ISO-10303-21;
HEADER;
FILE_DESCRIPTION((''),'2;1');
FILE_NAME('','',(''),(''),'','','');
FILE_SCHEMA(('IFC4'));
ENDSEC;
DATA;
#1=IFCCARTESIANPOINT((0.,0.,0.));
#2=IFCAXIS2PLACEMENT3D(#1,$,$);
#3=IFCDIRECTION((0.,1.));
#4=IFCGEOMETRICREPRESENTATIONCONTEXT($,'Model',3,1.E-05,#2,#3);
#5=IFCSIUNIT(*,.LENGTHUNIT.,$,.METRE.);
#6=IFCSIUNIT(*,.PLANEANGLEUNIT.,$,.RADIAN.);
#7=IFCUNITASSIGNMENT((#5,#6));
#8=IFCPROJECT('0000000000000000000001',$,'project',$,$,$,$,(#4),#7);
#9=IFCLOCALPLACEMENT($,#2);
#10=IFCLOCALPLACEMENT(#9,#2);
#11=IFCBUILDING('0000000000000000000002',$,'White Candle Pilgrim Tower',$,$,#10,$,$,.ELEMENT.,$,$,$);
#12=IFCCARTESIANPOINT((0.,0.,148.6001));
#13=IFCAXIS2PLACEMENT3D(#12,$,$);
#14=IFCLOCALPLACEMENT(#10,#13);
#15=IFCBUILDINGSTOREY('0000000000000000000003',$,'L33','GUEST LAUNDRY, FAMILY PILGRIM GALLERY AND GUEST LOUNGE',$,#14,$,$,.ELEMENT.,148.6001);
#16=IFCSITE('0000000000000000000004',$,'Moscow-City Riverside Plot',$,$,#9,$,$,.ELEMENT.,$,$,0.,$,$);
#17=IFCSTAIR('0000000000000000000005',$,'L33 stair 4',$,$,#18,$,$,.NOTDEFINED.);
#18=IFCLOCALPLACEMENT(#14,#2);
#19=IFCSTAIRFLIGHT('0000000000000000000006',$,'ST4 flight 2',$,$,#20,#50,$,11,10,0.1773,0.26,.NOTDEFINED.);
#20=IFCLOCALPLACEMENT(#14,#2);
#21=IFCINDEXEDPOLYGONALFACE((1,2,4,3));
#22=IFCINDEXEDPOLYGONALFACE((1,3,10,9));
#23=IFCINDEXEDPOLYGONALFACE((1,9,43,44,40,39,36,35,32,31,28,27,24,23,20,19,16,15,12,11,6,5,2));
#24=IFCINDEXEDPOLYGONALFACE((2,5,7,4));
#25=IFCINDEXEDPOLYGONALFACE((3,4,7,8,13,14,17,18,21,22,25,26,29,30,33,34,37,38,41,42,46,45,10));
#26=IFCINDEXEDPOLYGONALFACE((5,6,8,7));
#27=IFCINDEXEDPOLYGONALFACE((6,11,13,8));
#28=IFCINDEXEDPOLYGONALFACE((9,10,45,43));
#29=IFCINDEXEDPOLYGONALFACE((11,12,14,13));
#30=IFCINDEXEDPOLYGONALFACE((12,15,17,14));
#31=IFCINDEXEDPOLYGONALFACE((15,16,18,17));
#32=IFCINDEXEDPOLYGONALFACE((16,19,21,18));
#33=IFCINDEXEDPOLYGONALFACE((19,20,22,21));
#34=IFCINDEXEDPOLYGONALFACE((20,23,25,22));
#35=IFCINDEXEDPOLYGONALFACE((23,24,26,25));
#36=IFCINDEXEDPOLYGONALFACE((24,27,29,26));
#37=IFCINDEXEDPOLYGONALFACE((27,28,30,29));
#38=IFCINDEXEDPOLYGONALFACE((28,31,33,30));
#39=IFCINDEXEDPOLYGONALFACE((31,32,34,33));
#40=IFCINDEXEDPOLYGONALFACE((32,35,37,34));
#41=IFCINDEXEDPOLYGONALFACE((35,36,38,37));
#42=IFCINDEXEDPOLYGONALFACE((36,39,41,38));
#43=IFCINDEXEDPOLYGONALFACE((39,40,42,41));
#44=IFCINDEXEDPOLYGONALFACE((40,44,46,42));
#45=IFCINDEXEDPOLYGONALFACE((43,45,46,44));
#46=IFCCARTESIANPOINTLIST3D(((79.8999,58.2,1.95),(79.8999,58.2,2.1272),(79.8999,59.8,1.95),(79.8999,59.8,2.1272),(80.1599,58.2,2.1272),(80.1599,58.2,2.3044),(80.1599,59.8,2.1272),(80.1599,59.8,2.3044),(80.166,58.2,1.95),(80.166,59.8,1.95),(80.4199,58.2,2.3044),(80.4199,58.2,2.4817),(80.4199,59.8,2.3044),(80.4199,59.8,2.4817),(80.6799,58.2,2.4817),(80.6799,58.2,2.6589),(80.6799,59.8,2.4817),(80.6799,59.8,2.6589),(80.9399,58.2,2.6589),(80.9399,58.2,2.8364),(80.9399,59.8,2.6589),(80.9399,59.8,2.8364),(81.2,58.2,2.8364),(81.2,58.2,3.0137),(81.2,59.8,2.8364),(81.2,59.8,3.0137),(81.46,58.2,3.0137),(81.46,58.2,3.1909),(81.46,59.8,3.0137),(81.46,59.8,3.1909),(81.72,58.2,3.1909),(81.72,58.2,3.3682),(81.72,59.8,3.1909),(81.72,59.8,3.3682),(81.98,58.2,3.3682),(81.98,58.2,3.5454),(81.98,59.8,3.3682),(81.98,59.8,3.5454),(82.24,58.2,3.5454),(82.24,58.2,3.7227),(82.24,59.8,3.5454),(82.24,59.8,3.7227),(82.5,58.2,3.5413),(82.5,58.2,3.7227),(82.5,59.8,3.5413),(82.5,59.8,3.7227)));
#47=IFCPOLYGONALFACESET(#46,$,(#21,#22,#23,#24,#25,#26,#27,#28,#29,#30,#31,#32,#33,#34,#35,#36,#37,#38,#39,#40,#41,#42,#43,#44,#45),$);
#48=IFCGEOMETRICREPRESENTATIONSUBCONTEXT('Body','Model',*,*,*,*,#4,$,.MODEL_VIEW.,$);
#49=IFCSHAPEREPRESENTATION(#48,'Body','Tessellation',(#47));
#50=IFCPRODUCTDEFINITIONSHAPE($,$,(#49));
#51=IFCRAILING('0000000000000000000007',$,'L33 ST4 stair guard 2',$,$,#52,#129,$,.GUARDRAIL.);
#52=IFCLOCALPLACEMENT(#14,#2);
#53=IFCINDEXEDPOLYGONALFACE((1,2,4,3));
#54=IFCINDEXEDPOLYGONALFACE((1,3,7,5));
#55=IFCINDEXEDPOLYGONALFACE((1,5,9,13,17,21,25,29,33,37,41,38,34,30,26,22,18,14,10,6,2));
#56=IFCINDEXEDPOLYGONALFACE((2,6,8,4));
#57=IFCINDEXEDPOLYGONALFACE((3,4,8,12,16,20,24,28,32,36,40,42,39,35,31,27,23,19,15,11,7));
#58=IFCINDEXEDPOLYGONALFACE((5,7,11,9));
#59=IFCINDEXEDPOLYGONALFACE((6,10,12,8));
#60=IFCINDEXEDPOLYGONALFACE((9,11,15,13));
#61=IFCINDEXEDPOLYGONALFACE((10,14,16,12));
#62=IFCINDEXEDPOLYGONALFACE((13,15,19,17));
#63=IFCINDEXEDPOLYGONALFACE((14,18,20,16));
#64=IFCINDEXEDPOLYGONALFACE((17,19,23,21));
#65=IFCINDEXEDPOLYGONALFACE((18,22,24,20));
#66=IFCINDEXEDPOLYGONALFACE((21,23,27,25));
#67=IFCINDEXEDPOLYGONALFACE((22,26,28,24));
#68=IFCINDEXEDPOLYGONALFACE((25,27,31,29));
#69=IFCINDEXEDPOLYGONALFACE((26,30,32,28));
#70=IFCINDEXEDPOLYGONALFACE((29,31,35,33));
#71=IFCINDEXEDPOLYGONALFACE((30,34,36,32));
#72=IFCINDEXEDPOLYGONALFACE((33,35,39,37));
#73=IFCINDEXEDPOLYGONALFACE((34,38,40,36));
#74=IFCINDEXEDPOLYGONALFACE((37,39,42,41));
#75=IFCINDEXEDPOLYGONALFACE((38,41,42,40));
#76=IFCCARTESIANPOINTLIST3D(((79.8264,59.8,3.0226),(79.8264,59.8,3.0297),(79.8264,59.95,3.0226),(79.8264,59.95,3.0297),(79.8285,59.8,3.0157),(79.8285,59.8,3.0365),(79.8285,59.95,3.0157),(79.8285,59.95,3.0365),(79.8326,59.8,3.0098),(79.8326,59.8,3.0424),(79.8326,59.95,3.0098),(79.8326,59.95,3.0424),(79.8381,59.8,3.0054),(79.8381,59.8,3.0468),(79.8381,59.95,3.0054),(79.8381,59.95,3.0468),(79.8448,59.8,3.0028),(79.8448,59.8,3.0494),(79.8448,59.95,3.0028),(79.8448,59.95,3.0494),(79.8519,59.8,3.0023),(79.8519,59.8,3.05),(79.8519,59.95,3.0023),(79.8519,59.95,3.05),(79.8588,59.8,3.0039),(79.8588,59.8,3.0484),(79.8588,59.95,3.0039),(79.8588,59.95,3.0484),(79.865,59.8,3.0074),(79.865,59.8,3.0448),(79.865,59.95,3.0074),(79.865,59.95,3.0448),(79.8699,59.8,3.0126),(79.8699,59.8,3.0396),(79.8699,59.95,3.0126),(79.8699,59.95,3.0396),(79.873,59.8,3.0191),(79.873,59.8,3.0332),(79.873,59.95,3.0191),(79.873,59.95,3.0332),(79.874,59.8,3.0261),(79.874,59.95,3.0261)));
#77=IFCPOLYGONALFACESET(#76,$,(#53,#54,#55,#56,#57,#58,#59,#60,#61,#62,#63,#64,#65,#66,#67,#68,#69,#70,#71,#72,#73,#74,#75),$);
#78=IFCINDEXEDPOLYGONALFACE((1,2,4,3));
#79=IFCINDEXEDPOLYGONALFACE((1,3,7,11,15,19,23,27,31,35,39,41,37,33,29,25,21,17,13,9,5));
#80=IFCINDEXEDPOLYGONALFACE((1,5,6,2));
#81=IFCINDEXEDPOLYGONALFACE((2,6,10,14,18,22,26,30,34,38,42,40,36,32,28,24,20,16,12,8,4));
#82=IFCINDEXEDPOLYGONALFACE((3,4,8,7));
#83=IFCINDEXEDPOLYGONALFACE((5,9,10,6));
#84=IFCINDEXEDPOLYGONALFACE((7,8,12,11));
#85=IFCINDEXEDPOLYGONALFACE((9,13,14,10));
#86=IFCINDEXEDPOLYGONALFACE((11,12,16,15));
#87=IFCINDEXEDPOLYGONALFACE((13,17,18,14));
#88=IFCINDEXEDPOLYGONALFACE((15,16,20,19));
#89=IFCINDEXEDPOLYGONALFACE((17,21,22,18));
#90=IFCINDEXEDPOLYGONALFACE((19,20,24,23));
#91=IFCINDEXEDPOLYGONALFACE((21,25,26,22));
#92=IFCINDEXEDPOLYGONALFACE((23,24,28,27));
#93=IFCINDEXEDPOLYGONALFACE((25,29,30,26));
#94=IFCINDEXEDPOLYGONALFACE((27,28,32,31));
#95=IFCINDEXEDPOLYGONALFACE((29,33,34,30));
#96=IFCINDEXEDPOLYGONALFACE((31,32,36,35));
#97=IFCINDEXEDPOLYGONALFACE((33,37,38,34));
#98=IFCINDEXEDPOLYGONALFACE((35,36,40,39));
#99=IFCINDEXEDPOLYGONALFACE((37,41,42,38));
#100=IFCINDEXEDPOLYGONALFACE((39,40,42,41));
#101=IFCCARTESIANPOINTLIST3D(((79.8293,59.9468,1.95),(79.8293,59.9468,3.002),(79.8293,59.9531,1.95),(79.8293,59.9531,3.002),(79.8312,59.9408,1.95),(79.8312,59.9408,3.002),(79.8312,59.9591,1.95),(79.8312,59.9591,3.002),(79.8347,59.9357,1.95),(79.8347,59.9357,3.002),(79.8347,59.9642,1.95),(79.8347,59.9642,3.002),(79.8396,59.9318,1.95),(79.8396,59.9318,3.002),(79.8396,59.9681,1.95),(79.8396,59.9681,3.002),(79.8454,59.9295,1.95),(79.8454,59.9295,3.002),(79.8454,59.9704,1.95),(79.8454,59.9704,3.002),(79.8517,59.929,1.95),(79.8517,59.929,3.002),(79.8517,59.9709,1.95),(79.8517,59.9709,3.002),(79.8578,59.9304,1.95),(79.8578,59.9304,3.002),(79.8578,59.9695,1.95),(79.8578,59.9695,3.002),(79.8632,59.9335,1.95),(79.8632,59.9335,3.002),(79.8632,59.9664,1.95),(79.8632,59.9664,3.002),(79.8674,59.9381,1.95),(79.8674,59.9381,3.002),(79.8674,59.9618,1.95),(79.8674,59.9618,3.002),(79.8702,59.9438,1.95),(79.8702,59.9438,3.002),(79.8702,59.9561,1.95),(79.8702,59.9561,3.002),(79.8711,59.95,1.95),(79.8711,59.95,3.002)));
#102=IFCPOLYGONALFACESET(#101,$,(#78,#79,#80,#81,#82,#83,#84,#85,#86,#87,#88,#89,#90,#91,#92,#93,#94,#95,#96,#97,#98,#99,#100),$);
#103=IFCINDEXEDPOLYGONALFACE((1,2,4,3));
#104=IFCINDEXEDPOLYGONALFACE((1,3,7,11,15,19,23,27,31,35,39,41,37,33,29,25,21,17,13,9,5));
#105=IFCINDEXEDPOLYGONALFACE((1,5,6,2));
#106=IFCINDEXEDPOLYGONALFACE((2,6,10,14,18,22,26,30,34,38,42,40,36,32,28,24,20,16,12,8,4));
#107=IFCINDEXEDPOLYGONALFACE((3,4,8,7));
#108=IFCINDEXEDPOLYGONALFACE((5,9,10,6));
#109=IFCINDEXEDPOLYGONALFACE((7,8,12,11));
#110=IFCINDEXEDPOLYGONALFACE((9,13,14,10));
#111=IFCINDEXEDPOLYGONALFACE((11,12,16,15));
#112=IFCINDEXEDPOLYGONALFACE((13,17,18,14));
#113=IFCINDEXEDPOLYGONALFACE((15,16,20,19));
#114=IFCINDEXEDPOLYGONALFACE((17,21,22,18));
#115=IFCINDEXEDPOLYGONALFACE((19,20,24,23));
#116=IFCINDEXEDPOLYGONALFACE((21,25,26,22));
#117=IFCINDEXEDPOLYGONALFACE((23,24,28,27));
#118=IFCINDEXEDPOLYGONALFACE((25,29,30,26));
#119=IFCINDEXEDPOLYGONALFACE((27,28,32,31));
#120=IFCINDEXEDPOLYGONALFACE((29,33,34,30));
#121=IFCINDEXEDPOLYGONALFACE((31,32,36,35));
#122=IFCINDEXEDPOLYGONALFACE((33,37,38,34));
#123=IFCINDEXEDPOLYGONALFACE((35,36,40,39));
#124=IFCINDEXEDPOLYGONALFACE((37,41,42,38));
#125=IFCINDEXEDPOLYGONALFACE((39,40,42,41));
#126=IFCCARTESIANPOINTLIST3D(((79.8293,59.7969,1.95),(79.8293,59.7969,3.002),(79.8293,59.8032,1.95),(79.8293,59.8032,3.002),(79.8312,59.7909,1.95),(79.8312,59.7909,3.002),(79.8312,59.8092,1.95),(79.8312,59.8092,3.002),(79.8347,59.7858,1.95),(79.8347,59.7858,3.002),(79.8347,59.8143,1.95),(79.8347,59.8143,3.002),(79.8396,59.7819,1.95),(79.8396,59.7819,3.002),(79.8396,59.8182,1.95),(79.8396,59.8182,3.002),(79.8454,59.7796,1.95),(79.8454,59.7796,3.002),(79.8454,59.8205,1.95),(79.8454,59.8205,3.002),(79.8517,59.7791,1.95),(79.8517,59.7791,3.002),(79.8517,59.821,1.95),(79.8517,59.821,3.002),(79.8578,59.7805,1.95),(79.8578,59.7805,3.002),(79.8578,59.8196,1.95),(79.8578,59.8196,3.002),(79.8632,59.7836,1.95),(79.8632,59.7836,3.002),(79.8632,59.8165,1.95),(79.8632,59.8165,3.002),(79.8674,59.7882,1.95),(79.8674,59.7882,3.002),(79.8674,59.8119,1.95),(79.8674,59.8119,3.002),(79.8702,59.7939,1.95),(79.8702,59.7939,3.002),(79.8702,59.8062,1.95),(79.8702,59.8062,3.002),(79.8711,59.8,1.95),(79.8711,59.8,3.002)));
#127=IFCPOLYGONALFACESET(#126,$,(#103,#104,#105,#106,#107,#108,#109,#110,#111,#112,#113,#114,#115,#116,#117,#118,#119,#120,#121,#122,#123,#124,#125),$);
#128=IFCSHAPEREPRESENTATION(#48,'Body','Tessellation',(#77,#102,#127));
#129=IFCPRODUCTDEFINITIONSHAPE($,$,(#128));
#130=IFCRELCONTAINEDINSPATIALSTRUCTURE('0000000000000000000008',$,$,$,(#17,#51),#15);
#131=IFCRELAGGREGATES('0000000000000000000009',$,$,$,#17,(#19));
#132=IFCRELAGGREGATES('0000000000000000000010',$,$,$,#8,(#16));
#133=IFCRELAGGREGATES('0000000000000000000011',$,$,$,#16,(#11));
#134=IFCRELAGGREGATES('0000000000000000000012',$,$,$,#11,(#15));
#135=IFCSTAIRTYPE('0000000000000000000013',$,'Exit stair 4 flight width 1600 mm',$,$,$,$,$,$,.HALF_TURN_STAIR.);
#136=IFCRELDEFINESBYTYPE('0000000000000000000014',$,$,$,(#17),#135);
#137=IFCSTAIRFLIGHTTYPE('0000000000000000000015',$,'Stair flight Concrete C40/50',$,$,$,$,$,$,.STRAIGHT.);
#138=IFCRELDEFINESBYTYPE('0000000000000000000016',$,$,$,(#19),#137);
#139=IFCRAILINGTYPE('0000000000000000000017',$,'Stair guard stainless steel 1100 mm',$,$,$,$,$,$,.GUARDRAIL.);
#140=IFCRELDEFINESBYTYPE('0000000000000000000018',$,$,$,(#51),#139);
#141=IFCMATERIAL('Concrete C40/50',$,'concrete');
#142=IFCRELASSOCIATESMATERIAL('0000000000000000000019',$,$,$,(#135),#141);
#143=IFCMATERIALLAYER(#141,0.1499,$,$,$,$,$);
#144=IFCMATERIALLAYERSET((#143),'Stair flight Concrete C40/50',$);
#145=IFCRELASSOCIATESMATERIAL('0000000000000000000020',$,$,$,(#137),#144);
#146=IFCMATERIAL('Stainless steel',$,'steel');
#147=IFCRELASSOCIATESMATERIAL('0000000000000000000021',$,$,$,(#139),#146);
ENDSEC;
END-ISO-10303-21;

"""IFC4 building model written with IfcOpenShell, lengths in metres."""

from ifc_helpers import new_model, si_unit, direction, frame, origin, origin_2d, place, context, subcontext, project, spatial, polyline, circle, outline, extrude, material, layer, layer_set, type_object, element, aggregate, save


model = new_model("IFC4")

# Units and contexts
model_context = context("Model", 3, precision=1e-05, world=origin(), true_north=direction((0.0, 1.0)))
body_context = subcontext(model_context, "Body", "Model", "MODEL_VIEW")
ifc_project = project(units=[si_unit("LENGTHUNIT", "METRE"), si_unit("PLANEANGLEUNIT", "RADIAN")], contexts=[model_context])

# Site, building, storey
site_placement = place(None, origin())
site = spatial("IfcSite", under=ifc_project, at=site_placement, Name="Moscow-City Riverside Plot", CompositionType="ELEMENT", RefElevation=0.0)
building_placement = place(site_placement, origin())
building = spatial("IfcBuilding", under=site, at=building_placement, Name="White Candle Pilgrim Tower", CompositionType="ELEMENT")
storey_placement = place(building_placement, frame((0.0, 0.0, 148.6001)))
storey = spatial("IfcBuildingStorey", under=building, at=storey_placement, Name="L33", Description="GUEST LAUNDRY, FAMILY PILGRIM GALLERY AND GUEST LOUNGE", CompositionType="ELEMENT", Elevation=148.6001)

# Stair, stair flight
ifc_material_1 = material(Name="Concrete C40/50", Category="concrete")
stair_type = type_object("IfcStairType", Name="Exit stair 4 flight width 1600 mm", PredefinedType="HALF_TURN_STAIR", material=ifc_material_1)
stair_placement = place(storey_placement, origin())
stair = element("IfcStair", 1, at=stair_placement, inside=storey, type_object=stair_type, Name="L33 stair 4", PredefinedType="NOTDEFINED")
ifc_layer_1 = layer(ifc_material_1, 0.1499)
ifc_layer_set_1 = layer_set([ifc_layer_1], Name="Stair flight Concrete C40/50")
stair_flight_type = type_object("IfcStairFlightType", Name="Stair flight Concrete C40/50", PredefinedType="STRAIGHT", material=ifc_layer_set_1)
stair_flight_placement = place(storey_placement, frame((79.8999, 59.0, 1.95), z_axis=(0.0, 0.0, 1.0), x_axis=(1.0, 0.0, 0.0)))
stair_flight = element("IfcStairFlight", 2, at=stair_flight_placement, type_object=stair_flight_type, Name="ST4 flight 2", NumberOfRisers=11, NumberOfTreads=10, PredefinedType="NOTDEFINED", RiserHeight=0.1773, TreadLength=0.26, context=body_context, shape_type="SweptSolid", body=[
    extrude(outline(polyline([(0.0, 0.0), (0.0, 0.1772), (0.26, 0.1772), (0.26, 0.3545), (0.52, 0.3545), (0.52, 0.5317), (0.78, 0.5317), (0.78, 0.709), (1.04, 0.709), (1.04, 0.8865), (1.3, 0.8865), (1.3, 1.0637), (1.5601, 1.0637), (1.5601, 1.241), (1.8201, 1.241), (1.8201, 1.4182), (2.0801, 1.4182), (2.0801, 1.5955), (2.3401, 1.5955), (2.3401, 1.7727), (2.6001, 1.7727), (2.6001, 1.95), (2.6001, 1.5913), (0.2661, 0.0), (0.0, 0.0)])), frame((0.0, 0.8, 0.0), z_axis=(0.0, -1.0, 0.0), x_axis=(1.0, 0.0, 0.0)), (0.0, 0.0, 1.0), 1.6001),
])
aggregate(stair, [stair_flight])

# Railing
ifc_material_2 = material(Name="Stainless steel", Category="steel")
railing_type_1 = type_object("IfcRailingType", Name="Stair guard stainless steel 1100 mm", PredefinedType="GUARDRAIL", material=ifc_material_2)
railing_1_placement = place(storey_placement, frame((79.8501, 59.95, 1.95)))
element("IfcRailing", 3, at=railing_1_placement, inside=storey, type_object=railing_type_1, Name="L33 ST4 stair guard 2", PredefinedType="GUARDRAIL", context=body_context, shape_type="SweptSolid", body=[
    extrude(circle(Radius=0.0239, at=origin_2d()), frame((0.0, 0.0, 1.0762), z_axis=(0.0, -1.0, 0.0), x_axis=(1.0, 0.0, 0.0)), (0.0, 0.0, 1.0), 0.1499),
    extrude(circle(Radius=0.021, at=origin_2d()), origin(), (0.0, 0.0, 1.0), 1.052),
    extrude(circle(Radius=0.021, at=origin_2d()), frame((0.0, -0.1499, 0.0)), (0.0, 0.0, 1.0), 1.052),
])

save(model, "model.ifc")
